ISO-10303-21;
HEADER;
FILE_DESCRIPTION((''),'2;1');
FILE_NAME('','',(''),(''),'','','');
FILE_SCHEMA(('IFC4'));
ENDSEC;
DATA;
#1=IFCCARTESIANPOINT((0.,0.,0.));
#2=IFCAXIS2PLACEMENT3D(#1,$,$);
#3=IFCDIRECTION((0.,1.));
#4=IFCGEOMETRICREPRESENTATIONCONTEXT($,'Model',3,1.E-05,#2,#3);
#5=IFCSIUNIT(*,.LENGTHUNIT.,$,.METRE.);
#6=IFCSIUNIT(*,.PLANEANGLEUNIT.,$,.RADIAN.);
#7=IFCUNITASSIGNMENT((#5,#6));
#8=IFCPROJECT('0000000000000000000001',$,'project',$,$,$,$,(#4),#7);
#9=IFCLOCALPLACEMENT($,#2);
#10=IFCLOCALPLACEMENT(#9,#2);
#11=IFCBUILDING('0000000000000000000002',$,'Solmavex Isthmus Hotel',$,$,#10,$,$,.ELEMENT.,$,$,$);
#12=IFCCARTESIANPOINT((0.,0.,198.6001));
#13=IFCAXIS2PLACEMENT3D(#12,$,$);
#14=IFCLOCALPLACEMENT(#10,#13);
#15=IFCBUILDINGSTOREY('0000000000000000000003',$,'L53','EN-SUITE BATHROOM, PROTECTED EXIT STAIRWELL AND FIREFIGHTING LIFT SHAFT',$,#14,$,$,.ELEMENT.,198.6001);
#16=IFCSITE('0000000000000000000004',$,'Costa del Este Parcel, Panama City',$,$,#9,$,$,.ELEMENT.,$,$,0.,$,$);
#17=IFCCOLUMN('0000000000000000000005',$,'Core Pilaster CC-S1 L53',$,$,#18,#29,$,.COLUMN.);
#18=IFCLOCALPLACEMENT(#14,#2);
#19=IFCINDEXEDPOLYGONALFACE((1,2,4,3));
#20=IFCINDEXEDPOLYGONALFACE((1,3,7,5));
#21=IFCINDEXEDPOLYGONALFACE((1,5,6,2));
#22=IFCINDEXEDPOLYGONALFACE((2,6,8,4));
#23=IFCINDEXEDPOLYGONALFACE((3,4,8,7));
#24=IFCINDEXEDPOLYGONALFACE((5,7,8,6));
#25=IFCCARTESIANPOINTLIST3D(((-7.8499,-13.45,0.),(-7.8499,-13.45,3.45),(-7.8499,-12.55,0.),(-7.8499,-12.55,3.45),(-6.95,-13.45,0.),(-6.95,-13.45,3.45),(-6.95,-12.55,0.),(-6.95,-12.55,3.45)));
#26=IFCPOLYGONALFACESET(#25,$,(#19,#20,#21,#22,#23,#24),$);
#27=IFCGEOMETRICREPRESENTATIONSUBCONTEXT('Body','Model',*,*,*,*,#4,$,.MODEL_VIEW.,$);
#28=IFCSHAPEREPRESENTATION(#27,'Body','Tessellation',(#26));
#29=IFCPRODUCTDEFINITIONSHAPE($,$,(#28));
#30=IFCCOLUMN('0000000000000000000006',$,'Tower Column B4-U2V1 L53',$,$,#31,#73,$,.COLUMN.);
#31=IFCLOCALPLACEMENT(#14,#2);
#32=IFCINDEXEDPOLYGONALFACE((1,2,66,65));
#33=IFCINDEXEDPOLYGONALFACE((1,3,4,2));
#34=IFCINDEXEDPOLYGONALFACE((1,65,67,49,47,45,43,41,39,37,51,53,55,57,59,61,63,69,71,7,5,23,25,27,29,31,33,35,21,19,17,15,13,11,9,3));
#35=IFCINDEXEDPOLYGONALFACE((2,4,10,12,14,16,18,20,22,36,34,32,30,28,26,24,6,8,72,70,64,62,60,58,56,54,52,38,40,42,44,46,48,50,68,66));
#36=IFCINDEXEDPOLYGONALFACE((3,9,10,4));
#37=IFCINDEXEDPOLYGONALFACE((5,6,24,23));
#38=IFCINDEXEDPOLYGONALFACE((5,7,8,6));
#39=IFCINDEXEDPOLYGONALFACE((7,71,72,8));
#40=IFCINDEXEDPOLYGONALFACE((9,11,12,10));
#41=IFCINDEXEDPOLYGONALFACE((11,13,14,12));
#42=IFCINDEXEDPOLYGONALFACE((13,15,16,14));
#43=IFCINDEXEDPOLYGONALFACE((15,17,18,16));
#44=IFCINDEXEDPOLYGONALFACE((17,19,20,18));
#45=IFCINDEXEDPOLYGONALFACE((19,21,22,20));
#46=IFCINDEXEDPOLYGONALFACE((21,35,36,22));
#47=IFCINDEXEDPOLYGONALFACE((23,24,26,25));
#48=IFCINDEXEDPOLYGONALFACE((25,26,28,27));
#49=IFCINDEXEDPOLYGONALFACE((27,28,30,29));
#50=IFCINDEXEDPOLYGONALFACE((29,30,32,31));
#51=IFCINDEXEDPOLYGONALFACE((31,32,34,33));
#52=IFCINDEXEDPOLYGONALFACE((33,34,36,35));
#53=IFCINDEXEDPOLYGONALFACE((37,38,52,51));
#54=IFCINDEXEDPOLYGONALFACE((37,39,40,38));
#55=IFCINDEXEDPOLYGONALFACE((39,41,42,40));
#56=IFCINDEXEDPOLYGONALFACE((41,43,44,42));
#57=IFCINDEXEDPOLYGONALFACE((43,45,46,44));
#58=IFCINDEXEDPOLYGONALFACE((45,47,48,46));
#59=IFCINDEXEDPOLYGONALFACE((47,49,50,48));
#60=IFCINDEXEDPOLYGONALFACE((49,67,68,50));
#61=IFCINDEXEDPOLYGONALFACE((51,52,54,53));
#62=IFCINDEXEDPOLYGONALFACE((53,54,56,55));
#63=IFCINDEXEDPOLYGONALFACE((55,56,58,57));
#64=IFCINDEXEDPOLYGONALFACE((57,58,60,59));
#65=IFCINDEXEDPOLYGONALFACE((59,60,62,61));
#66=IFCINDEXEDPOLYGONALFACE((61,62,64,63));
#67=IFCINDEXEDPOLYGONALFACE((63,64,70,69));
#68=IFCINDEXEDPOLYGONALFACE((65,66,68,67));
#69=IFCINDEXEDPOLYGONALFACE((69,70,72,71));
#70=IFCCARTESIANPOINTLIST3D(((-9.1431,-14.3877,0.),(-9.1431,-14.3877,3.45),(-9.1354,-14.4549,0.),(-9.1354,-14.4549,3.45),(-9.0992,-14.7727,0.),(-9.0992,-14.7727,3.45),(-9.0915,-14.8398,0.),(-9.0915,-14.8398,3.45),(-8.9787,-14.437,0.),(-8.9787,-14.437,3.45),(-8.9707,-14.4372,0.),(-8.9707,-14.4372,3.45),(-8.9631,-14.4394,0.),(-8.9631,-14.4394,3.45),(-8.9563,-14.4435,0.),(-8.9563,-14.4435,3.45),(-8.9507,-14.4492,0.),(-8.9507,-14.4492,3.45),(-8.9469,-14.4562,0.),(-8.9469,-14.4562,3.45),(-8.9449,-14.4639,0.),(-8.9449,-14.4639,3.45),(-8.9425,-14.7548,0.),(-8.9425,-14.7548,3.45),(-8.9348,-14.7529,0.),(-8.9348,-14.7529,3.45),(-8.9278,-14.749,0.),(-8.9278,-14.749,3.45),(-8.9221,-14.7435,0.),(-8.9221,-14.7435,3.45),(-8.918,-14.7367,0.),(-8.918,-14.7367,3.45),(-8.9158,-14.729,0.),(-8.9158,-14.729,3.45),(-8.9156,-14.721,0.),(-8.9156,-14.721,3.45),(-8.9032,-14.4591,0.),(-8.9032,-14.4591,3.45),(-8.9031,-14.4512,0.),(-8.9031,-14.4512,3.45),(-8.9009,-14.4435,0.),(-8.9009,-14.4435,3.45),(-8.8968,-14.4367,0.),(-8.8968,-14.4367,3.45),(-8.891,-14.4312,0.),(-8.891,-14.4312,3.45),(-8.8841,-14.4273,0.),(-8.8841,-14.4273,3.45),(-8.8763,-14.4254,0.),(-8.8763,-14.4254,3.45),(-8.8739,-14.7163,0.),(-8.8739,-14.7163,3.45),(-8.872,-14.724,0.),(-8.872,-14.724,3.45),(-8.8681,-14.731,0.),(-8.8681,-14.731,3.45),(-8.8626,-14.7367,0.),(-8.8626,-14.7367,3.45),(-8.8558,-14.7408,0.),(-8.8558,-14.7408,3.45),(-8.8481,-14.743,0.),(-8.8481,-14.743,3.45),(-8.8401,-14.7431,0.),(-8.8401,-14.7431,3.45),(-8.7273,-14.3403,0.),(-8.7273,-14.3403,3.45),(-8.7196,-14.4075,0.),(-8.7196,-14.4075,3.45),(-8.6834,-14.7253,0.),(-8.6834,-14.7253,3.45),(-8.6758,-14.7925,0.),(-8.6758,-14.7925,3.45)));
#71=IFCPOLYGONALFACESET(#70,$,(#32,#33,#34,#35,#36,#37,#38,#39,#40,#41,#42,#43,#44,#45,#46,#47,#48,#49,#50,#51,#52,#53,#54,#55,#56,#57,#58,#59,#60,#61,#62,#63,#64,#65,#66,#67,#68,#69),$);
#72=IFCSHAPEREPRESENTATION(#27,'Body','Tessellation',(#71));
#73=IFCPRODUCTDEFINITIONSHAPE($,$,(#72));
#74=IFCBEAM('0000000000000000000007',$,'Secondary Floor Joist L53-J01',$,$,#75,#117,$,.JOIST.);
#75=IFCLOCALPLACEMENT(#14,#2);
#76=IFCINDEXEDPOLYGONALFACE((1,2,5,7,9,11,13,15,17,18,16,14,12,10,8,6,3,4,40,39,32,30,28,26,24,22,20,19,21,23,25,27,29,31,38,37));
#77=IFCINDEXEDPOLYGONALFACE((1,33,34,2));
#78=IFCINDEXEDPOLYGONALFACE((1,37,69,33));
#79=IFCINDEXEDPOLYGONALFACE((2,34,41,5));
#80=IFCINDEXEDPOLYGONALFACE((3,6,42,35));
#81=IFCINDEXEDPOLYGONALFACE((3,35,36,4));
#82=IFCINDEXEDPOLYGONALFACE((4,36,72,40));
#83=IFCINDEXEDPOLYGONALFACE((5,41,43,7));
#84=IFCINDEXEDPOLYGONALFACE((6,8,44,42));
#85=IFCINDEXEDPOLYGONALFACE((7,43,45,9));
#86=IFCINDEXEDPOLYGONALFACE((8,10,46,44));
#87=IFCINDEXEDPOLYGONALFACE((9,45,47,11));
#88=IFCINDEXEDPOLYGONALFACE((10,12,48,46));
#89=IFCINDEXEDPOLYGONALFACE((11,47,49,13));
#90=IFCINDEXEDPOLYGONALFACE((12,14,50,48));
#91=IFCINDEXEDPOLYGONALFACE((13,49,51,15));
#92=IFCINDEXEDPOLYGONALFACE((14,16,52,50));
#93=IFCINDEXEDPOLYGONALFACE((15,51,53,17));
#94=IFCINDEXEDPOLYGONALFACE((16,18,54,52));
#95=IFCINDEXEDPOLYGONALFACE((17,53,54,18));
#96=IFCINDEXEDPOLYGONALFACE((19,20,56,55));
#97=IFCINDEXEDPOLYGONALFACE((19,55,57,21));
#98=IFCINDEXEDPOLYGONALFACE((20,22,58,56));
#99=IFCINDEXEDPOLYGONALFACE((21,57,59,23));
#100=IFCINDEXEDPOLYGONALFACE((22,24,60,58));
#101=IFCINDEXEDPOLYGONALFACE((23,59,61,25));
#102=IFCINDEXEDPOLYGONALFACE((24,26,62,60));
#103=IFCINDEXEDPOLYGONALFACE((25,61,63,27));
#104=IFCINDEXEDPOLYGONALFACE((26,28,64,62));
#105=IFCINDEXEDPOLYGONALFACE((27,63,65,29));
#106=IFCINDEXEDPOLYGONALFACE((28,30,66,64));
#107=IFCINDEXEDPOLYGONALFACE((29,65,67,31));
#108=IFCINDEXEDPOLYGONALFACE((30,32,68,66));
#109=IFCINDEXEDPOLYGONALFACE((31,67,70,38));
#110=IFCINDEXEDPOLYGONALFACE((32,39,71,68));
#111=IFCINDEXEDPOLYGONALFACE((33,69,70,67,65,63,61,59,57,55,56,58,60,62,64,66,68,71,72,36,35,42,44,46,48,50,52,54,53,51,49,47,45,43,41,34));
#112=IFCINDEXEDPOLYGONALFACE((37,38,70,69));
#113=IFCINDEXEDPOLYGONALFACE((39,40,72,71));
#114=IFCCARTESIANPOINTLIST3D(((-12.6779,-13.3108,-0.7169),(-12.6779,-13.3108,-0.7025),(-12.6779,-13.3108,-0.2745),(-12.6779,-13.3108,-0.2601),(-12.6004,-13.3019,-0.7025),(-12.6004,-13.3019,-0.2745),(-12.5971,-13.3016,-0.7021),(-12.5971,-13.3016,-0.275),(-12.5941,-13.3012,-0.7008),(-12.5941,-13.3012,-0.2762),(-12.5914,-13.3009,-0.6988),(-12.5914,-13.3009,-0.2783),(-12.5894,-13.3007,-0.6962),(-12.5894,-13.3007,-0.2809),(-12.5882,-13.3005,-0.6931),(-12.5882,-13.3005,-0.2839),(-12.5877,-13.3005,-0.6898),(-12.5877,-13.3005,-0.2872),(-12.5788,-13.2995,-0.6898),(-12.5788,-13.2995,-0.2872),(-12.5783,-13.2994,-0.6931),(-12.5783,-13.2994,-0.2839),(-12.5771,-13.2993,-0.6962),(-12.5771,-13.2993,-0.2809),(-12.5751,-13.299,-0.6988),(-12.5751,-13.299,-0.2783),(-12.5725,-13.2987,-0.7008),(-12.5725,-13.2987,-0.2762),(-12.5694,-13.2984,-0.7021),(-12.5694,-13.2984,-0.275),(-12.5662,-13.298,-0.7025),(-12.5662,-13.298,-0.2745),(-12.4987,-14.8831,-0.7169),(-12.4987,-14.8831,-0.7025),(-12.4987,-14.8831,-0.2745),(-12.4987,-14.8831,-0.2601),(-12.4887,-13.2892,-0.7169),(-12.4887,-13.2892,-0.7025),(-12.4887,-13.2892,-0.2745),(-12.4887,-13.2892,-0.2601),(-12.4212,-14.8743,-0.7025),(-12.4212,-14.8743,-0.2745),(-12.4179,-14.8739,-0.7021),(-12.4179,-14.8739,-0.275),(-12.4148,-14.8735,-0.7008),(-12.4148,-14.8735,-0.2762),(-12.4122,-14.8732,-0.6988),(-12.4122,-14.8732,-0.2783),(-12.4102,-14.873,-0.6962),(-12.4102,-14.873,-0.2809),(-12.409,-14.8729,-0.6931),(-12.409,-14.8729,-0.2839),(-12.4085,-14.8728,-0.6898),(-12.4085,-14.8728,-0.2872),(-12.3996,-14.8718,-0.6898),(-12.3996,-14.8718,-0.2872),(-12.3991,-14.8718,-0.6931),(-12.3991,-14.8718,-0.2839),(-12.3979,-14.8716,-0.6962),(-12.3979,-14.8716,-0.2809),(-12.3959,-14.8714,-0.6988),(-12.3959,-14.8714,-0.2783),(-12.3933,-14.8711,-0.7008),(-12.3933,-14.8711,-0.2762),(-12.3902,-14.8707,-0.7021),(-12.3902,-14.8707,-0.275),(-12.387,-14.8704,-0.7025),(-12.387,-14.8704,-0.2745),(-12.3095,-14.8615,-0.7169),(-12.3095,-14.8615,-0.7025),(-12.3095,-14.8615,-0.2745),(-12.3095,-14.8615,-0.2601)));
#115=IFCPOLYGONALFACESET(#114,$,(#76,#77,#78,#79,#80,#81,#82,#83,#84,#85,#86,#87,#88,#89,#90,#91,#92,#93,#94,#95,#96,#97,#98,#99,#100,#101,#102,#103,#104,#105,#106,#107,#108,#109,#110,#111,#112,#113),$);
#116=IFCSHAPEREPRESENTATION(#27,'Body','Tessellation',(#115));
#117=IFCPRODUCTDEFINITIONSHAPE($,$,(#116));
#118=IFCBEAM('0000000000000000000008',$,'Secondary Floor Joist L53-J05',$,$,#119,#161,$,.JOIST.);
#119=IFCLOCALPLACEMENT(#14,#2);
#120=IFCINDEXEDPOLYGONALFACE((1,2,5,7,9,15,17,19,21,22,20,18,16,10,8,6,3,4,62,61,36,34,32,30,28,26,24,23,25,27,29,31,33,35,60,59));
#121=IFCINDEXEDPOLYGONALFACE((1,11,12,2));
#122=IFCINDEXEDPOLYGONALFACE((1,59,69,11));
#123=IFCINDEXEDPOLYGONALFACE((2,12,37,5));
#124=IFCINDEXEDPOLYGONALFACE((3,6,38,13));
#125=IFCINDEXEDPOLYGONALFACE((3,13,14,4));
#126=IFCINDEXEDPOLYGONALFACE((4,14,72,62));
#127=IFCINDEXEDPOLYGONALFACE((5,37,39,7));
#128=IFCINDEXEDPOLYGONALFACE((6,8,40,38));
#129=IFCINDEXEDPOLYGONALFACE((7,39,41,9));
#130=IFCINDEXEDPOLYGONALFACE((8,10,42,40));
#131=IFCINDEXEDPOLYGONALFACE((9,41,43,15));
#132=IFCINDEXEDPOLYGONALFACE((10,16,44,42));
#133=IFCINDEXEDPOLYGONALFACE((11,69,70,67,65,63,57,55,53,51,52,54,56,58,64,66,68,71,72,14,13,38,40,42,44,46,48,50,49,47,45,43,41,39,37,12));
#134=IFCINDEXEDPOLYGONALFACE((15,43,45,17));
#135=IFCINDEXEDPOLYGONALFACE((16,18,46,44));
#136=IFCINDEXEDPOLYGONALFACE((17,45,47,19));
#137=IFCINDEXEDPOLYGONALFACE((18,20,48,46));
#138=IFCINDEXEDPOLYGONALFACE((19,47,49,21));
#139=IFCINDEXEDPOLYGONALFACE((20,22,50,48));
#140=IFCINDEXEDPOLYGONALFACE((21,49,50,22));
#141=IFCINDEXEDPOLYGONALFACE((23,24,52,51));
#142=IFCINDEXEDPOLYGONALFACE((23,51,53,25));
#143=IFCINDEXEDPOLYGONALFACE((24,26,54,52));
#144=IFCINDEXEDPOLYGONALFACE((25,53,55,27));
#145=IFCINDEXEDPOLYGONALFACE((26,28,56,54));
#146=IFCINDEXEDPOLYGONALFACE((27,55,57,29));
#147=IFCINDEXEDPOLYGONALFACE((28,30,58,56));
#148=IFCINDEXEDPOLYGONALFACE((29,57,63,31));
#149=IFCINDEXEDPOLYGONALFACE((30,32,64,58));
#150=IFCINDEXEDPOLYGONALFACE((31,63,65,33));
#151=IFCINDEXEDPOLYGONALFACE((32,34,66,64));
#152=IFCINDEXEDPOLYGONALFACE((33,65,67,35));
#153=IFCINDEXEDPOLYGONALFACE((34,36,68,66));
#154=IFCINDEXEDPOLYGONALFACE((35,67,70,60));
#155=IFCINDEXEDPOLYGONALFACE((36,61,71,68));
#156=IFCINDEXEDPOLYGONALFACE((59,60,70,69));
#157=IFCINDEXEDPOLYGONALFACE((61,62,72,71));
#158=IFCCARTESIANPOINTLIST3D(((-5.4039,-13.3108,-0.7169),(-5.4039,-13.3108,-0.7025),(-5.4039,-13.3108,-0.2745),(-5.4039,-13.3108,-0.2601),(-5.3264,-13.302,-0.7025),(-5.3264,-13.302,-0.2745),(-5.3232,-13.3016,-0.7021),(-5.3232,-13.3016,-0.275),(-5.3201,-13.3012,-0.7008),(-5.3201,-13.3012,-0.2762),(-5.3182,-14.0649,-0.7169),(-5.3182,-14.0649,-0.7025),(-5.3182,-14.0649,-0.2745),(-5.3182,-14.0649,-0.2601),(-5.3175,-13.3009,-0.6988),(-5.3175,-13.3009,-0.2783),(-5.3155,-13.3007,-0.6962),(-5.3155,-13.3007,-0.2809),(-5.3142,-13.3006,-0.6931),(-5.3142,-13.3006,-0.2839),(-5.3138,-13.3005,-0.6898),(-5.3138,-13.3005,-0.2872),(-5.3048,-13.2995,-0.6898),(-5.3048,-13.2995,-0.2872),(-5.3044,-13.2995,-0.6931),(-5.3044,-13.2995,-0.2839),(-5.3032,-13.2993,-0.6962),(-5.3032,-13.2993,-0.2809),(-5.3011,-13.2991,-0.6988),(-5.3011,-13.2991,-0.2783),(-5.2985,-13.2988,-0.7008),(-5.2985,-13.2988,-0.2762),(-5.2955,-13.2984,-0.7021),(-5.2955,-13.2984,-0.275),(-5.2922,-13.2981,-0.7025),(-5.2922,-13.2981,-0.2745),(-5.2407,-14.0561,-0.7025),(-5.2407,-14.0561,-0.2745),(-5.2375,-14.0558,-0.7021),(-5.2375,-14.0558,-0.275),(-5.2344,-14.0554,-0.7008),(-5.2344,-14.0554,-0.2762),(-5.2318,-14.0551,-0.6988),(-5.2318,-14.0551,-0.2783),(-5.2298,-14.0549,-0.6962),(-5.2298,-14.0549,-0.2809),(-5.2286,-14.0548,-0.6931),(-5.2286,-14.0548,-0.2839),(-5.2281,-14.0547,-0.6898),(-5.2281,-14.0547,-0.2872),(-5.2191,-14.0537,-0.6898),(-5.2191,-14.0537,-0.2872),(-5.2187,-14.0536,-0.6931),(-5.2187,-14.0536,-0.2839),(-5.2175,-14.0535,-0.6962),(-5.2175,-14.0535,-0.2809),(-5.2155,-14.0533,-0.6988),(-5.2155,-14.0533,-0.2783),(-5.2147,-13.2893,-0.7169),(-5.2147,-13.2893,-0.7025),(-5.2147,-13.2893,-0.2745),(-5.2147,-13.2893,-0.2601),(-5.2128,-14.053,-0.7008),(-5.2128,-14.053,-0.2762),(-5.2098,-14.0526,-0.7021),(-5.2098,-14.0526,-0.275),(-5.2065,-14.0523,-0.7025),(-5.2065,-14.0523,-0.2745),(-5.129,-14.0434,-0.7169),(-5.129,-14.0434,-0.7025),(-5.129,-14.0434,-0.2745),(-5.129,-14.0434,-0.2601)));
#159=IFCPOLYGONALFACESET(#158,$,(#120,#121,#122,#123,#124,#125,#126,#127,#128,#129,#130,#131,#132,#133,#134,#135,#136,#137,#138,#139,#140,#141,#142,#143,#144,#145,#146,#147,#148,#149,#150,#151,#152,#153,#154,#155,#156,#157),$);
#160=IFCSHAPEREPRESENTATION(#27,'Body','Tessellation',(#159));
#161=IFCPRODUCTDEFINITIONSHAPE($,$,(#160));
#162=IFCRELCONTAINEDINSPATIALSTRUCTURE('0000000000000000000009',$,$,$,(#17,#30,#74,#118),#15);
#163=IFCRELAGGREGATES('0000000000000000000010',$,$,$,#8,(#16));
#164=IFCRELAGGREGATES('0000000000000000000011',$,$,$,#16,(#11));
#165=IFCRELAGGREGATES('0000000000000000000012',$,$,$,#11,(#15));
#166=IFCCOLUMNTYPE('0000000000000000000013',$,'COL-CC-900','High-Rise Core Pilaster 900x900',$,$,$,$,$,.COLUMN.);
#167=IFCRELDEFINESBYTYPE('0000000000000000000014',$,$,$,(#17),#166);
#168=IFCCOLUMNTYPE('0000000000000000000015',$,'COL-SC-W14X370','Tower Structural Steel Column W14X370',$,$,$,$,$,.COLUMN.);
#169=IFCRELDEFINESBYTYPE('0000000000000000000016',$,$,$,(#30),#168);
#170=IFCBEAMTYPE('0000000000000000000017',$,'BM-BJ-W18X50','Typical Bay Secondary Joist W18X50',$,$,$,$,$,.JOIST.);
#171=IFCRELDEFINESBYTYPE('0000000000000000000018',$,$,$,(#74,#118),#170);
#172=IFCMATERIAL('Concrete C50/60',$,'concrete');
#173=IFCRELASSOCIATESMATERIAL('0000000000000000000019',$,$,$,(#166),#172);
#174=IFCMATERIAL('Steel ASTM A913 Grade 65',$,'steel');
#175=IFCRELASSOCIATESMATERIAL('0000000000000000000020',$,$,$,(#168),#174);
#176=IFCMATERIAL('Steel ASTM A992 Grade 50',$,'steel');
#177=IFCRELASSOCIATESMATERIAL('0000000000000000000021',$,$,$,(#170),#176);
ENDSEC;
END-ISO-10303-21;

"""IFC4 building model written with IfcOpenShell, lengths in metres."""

from ifc_helpers import new_model, si_unit, direction, frame, origin, origin_2d, place, context, subcontext, project, spatial, rectangle, i_section, extrude, material, material_profile, profile_set, type_object, element, save


model = new_model("IFC4")

# Units and contexts
model_context = context("Model", 3, precision=1e-05, world=origin(), true_north=direction((0.0, 1.0)))
body_context = subcontext(model_context, "Body", "Model", "MODEL_VIEW")
ifc_project = project(units=[si_unit("LENGTHUNIT", "METRE"), si_unit("PLANEANGLEUNIT", "RADIAN")], contexts=[model_context])

# Site, building, storey
site_placement = place(None, origin())
site = spatial("IfcSite", under=ifc_project, at=site_placement, Name="Costa del Este Parcel, Panama City", CompositionType="ELEMENT", RefElevation=0.0)
building_placement = place(site_placement, origin())
building = spatial("IfcBuilding", under=site, at=building_placement, Name="Solmavex Isthmus Hotel", CompositionType="ELEMENT")
storey_placement = place(building_placement, frame((0.0, 0.0, 198.6001)))
storey = spatial("IfcBuildingStorey", under=building, at=storey_placement, Name="L53", Description="EN-SUITE BATHROOM, PROTECTED EXIT STAIRWELL AND FIREFIGHTING LIFT SHAFT", CompositionType="ELEMENT", Elevation=198.6001)

# Columns
ifc_material_1 = material(Name="Concrete C50/60", Category="concrete")
ifc_material_profile_1 = material_profile(ifc_material_1, rectangle(XDim=0.8999, YDim=0.8999, at=origin_2d()), Name="RC900X900")
ifc_profile_set_1 = profile_set([ifc_material_profile_1], Name="Concrete C50/60")
column_type_1 = type_object("IfcColumnType", Name="COL-CC-900", Description="High-Rise Core Pilaster 900x900", PredefinedType="COLUMN", material=ifc_profile_set_1)
column_1_placement = place(storey_placement, frame((-7.3999, -13.0, 0.0), z_axis=(0.0, 0.0, 1.0), x_axis=(1.0, 0.0, 0.0)))
element("IfcColumn", 1, at=column_1_placement, inside=storey, type_object=column_type_1, Name="Core Pilaster CC-S1 L53", PredefinedType="COLUMN", context=body_context, shape_type="SweptSolid", body=[
    extrude(rectangle(XDim=0.8999, YDim=0.8999, at=origin_2d()), origin(), (0.0, 0.0, 1.0), 3.45),
])
ifc_material_2 = material(Name="Steel ASTM A913 Grade 65", Category="steel")
ifc_material_profile_2 = material_profile(ifc_material_2, i_section(OverallWidth=0.4185, OverallDepth=0.4551, WebThickness=0.042, FlangeThickness=0.0676, FilletRadius=0.0305, at=origin_2d()), Name="W14X370")
ifc_profile_set_2 = profile_set([ifc_material_profile_2], Name="Steel ASTM A913 Grade 65")
column_type_2 = type_object("IfcColumnType", Name="COL-SC-W14X370", Description="Tower Structural Steel Column W14X370", PredefinedType="COLUMN", material=ifc_profile_set_2)
column_2_placement = place(storey_placement, frame((-8.9094, -14.5901, 0.0), z_axis=(0.0, 0.0, 1.0), x_axis=(0.993572, 0.113203, 0.0)))
element("IfcColumn", 2, at=column_2_placement, inside=storey, type_object=column_type_2, Name="Tower Column B4-U2V1 L53", PredefinedType="COLUMN", context=body_context, shape_type="SweptSolid", body=[
    extrude(i_section(OverallWidth=0.4185, OverallDepth=0.4551, WebThickness=0.042, FlangeThickness=0.0676, FilletRadius=0.0305, at=origin_2d()), origin(), (0.0, 0.0, 1.0), 3.45),
])

# Beams
ifc_material_3 = material(Name="Steel ASTM A992 Grade 50", Category="steel")
ifc_material_profile_3 = material_profile(ifc_material_3, i_section(OverallWidth=0.1904, OverallDepth=0.4568, WebThickness=0.009, FlangeThickness=0.0144, FilletRadius=0.0127, at=origin_2d()), Name="W18X50")
ifc_profile_set_3 = profile_set([ifc_material_profile_3], Name="Steel ASTM A992 Grade 50")
beam_type_1 = type_object("IfcBeamType", Name="BM-BJ-W18X50", Description="Typical Bay Secondary Joist W18X50", PredefinedType="JOIST", material=ifc_profile_set_3)
beam_1_placement = place(storey_placement, frame((-12.4041, -14.8723, -0.4885), z_axis=(-0.113242, 0.993567, 0.0), x_axis=(-0.993567, -0.113242, 0.0)))
element("IfcBeam", 3, at=beam_1_placement, inside=storey, type_object=beam_type_1, Name="Secondary Floor Joist L53-J01", PredefinedType="JOIST", context=body_context, shape_type="SweptSolid", body=[
    extrude(i_section(OverallWidth=0.1904, OverallDepth=0.4568, WebThickness=0.009, FlangeThickness=0.0144, FilletRadius=0.0127, at=origin_2d()), origin(), (0.0, 0.0, 1.0), 1.5825),
])
beam_2_placement = place(storey_placement, frame((-5.2236, -14.0542, -0.4885), z_axis=(-0.112902, 0.993606, 0.0), x_axis=(-0.993606, -0.112902, 0.0)))
element("IfcBeam", 4, at=beam_2_placement, inside=storey, type_object=beam_type_1, Name="Secondary Floor Joist L53-J05", PredefinedType="JOIST", context=body_context, shape_type="SweptSolid", body=[
    extrude(i_section(OverallWidth=0.1904, OverallDepth=0.4568, WebThickness=0.009, FlangeThickness=0.0144, FilletRadius=0.0127, at=origin_2d()), origin(), (0.0, 0.0, 1.0), 0.759),
])

save(model, "model.ifc")
